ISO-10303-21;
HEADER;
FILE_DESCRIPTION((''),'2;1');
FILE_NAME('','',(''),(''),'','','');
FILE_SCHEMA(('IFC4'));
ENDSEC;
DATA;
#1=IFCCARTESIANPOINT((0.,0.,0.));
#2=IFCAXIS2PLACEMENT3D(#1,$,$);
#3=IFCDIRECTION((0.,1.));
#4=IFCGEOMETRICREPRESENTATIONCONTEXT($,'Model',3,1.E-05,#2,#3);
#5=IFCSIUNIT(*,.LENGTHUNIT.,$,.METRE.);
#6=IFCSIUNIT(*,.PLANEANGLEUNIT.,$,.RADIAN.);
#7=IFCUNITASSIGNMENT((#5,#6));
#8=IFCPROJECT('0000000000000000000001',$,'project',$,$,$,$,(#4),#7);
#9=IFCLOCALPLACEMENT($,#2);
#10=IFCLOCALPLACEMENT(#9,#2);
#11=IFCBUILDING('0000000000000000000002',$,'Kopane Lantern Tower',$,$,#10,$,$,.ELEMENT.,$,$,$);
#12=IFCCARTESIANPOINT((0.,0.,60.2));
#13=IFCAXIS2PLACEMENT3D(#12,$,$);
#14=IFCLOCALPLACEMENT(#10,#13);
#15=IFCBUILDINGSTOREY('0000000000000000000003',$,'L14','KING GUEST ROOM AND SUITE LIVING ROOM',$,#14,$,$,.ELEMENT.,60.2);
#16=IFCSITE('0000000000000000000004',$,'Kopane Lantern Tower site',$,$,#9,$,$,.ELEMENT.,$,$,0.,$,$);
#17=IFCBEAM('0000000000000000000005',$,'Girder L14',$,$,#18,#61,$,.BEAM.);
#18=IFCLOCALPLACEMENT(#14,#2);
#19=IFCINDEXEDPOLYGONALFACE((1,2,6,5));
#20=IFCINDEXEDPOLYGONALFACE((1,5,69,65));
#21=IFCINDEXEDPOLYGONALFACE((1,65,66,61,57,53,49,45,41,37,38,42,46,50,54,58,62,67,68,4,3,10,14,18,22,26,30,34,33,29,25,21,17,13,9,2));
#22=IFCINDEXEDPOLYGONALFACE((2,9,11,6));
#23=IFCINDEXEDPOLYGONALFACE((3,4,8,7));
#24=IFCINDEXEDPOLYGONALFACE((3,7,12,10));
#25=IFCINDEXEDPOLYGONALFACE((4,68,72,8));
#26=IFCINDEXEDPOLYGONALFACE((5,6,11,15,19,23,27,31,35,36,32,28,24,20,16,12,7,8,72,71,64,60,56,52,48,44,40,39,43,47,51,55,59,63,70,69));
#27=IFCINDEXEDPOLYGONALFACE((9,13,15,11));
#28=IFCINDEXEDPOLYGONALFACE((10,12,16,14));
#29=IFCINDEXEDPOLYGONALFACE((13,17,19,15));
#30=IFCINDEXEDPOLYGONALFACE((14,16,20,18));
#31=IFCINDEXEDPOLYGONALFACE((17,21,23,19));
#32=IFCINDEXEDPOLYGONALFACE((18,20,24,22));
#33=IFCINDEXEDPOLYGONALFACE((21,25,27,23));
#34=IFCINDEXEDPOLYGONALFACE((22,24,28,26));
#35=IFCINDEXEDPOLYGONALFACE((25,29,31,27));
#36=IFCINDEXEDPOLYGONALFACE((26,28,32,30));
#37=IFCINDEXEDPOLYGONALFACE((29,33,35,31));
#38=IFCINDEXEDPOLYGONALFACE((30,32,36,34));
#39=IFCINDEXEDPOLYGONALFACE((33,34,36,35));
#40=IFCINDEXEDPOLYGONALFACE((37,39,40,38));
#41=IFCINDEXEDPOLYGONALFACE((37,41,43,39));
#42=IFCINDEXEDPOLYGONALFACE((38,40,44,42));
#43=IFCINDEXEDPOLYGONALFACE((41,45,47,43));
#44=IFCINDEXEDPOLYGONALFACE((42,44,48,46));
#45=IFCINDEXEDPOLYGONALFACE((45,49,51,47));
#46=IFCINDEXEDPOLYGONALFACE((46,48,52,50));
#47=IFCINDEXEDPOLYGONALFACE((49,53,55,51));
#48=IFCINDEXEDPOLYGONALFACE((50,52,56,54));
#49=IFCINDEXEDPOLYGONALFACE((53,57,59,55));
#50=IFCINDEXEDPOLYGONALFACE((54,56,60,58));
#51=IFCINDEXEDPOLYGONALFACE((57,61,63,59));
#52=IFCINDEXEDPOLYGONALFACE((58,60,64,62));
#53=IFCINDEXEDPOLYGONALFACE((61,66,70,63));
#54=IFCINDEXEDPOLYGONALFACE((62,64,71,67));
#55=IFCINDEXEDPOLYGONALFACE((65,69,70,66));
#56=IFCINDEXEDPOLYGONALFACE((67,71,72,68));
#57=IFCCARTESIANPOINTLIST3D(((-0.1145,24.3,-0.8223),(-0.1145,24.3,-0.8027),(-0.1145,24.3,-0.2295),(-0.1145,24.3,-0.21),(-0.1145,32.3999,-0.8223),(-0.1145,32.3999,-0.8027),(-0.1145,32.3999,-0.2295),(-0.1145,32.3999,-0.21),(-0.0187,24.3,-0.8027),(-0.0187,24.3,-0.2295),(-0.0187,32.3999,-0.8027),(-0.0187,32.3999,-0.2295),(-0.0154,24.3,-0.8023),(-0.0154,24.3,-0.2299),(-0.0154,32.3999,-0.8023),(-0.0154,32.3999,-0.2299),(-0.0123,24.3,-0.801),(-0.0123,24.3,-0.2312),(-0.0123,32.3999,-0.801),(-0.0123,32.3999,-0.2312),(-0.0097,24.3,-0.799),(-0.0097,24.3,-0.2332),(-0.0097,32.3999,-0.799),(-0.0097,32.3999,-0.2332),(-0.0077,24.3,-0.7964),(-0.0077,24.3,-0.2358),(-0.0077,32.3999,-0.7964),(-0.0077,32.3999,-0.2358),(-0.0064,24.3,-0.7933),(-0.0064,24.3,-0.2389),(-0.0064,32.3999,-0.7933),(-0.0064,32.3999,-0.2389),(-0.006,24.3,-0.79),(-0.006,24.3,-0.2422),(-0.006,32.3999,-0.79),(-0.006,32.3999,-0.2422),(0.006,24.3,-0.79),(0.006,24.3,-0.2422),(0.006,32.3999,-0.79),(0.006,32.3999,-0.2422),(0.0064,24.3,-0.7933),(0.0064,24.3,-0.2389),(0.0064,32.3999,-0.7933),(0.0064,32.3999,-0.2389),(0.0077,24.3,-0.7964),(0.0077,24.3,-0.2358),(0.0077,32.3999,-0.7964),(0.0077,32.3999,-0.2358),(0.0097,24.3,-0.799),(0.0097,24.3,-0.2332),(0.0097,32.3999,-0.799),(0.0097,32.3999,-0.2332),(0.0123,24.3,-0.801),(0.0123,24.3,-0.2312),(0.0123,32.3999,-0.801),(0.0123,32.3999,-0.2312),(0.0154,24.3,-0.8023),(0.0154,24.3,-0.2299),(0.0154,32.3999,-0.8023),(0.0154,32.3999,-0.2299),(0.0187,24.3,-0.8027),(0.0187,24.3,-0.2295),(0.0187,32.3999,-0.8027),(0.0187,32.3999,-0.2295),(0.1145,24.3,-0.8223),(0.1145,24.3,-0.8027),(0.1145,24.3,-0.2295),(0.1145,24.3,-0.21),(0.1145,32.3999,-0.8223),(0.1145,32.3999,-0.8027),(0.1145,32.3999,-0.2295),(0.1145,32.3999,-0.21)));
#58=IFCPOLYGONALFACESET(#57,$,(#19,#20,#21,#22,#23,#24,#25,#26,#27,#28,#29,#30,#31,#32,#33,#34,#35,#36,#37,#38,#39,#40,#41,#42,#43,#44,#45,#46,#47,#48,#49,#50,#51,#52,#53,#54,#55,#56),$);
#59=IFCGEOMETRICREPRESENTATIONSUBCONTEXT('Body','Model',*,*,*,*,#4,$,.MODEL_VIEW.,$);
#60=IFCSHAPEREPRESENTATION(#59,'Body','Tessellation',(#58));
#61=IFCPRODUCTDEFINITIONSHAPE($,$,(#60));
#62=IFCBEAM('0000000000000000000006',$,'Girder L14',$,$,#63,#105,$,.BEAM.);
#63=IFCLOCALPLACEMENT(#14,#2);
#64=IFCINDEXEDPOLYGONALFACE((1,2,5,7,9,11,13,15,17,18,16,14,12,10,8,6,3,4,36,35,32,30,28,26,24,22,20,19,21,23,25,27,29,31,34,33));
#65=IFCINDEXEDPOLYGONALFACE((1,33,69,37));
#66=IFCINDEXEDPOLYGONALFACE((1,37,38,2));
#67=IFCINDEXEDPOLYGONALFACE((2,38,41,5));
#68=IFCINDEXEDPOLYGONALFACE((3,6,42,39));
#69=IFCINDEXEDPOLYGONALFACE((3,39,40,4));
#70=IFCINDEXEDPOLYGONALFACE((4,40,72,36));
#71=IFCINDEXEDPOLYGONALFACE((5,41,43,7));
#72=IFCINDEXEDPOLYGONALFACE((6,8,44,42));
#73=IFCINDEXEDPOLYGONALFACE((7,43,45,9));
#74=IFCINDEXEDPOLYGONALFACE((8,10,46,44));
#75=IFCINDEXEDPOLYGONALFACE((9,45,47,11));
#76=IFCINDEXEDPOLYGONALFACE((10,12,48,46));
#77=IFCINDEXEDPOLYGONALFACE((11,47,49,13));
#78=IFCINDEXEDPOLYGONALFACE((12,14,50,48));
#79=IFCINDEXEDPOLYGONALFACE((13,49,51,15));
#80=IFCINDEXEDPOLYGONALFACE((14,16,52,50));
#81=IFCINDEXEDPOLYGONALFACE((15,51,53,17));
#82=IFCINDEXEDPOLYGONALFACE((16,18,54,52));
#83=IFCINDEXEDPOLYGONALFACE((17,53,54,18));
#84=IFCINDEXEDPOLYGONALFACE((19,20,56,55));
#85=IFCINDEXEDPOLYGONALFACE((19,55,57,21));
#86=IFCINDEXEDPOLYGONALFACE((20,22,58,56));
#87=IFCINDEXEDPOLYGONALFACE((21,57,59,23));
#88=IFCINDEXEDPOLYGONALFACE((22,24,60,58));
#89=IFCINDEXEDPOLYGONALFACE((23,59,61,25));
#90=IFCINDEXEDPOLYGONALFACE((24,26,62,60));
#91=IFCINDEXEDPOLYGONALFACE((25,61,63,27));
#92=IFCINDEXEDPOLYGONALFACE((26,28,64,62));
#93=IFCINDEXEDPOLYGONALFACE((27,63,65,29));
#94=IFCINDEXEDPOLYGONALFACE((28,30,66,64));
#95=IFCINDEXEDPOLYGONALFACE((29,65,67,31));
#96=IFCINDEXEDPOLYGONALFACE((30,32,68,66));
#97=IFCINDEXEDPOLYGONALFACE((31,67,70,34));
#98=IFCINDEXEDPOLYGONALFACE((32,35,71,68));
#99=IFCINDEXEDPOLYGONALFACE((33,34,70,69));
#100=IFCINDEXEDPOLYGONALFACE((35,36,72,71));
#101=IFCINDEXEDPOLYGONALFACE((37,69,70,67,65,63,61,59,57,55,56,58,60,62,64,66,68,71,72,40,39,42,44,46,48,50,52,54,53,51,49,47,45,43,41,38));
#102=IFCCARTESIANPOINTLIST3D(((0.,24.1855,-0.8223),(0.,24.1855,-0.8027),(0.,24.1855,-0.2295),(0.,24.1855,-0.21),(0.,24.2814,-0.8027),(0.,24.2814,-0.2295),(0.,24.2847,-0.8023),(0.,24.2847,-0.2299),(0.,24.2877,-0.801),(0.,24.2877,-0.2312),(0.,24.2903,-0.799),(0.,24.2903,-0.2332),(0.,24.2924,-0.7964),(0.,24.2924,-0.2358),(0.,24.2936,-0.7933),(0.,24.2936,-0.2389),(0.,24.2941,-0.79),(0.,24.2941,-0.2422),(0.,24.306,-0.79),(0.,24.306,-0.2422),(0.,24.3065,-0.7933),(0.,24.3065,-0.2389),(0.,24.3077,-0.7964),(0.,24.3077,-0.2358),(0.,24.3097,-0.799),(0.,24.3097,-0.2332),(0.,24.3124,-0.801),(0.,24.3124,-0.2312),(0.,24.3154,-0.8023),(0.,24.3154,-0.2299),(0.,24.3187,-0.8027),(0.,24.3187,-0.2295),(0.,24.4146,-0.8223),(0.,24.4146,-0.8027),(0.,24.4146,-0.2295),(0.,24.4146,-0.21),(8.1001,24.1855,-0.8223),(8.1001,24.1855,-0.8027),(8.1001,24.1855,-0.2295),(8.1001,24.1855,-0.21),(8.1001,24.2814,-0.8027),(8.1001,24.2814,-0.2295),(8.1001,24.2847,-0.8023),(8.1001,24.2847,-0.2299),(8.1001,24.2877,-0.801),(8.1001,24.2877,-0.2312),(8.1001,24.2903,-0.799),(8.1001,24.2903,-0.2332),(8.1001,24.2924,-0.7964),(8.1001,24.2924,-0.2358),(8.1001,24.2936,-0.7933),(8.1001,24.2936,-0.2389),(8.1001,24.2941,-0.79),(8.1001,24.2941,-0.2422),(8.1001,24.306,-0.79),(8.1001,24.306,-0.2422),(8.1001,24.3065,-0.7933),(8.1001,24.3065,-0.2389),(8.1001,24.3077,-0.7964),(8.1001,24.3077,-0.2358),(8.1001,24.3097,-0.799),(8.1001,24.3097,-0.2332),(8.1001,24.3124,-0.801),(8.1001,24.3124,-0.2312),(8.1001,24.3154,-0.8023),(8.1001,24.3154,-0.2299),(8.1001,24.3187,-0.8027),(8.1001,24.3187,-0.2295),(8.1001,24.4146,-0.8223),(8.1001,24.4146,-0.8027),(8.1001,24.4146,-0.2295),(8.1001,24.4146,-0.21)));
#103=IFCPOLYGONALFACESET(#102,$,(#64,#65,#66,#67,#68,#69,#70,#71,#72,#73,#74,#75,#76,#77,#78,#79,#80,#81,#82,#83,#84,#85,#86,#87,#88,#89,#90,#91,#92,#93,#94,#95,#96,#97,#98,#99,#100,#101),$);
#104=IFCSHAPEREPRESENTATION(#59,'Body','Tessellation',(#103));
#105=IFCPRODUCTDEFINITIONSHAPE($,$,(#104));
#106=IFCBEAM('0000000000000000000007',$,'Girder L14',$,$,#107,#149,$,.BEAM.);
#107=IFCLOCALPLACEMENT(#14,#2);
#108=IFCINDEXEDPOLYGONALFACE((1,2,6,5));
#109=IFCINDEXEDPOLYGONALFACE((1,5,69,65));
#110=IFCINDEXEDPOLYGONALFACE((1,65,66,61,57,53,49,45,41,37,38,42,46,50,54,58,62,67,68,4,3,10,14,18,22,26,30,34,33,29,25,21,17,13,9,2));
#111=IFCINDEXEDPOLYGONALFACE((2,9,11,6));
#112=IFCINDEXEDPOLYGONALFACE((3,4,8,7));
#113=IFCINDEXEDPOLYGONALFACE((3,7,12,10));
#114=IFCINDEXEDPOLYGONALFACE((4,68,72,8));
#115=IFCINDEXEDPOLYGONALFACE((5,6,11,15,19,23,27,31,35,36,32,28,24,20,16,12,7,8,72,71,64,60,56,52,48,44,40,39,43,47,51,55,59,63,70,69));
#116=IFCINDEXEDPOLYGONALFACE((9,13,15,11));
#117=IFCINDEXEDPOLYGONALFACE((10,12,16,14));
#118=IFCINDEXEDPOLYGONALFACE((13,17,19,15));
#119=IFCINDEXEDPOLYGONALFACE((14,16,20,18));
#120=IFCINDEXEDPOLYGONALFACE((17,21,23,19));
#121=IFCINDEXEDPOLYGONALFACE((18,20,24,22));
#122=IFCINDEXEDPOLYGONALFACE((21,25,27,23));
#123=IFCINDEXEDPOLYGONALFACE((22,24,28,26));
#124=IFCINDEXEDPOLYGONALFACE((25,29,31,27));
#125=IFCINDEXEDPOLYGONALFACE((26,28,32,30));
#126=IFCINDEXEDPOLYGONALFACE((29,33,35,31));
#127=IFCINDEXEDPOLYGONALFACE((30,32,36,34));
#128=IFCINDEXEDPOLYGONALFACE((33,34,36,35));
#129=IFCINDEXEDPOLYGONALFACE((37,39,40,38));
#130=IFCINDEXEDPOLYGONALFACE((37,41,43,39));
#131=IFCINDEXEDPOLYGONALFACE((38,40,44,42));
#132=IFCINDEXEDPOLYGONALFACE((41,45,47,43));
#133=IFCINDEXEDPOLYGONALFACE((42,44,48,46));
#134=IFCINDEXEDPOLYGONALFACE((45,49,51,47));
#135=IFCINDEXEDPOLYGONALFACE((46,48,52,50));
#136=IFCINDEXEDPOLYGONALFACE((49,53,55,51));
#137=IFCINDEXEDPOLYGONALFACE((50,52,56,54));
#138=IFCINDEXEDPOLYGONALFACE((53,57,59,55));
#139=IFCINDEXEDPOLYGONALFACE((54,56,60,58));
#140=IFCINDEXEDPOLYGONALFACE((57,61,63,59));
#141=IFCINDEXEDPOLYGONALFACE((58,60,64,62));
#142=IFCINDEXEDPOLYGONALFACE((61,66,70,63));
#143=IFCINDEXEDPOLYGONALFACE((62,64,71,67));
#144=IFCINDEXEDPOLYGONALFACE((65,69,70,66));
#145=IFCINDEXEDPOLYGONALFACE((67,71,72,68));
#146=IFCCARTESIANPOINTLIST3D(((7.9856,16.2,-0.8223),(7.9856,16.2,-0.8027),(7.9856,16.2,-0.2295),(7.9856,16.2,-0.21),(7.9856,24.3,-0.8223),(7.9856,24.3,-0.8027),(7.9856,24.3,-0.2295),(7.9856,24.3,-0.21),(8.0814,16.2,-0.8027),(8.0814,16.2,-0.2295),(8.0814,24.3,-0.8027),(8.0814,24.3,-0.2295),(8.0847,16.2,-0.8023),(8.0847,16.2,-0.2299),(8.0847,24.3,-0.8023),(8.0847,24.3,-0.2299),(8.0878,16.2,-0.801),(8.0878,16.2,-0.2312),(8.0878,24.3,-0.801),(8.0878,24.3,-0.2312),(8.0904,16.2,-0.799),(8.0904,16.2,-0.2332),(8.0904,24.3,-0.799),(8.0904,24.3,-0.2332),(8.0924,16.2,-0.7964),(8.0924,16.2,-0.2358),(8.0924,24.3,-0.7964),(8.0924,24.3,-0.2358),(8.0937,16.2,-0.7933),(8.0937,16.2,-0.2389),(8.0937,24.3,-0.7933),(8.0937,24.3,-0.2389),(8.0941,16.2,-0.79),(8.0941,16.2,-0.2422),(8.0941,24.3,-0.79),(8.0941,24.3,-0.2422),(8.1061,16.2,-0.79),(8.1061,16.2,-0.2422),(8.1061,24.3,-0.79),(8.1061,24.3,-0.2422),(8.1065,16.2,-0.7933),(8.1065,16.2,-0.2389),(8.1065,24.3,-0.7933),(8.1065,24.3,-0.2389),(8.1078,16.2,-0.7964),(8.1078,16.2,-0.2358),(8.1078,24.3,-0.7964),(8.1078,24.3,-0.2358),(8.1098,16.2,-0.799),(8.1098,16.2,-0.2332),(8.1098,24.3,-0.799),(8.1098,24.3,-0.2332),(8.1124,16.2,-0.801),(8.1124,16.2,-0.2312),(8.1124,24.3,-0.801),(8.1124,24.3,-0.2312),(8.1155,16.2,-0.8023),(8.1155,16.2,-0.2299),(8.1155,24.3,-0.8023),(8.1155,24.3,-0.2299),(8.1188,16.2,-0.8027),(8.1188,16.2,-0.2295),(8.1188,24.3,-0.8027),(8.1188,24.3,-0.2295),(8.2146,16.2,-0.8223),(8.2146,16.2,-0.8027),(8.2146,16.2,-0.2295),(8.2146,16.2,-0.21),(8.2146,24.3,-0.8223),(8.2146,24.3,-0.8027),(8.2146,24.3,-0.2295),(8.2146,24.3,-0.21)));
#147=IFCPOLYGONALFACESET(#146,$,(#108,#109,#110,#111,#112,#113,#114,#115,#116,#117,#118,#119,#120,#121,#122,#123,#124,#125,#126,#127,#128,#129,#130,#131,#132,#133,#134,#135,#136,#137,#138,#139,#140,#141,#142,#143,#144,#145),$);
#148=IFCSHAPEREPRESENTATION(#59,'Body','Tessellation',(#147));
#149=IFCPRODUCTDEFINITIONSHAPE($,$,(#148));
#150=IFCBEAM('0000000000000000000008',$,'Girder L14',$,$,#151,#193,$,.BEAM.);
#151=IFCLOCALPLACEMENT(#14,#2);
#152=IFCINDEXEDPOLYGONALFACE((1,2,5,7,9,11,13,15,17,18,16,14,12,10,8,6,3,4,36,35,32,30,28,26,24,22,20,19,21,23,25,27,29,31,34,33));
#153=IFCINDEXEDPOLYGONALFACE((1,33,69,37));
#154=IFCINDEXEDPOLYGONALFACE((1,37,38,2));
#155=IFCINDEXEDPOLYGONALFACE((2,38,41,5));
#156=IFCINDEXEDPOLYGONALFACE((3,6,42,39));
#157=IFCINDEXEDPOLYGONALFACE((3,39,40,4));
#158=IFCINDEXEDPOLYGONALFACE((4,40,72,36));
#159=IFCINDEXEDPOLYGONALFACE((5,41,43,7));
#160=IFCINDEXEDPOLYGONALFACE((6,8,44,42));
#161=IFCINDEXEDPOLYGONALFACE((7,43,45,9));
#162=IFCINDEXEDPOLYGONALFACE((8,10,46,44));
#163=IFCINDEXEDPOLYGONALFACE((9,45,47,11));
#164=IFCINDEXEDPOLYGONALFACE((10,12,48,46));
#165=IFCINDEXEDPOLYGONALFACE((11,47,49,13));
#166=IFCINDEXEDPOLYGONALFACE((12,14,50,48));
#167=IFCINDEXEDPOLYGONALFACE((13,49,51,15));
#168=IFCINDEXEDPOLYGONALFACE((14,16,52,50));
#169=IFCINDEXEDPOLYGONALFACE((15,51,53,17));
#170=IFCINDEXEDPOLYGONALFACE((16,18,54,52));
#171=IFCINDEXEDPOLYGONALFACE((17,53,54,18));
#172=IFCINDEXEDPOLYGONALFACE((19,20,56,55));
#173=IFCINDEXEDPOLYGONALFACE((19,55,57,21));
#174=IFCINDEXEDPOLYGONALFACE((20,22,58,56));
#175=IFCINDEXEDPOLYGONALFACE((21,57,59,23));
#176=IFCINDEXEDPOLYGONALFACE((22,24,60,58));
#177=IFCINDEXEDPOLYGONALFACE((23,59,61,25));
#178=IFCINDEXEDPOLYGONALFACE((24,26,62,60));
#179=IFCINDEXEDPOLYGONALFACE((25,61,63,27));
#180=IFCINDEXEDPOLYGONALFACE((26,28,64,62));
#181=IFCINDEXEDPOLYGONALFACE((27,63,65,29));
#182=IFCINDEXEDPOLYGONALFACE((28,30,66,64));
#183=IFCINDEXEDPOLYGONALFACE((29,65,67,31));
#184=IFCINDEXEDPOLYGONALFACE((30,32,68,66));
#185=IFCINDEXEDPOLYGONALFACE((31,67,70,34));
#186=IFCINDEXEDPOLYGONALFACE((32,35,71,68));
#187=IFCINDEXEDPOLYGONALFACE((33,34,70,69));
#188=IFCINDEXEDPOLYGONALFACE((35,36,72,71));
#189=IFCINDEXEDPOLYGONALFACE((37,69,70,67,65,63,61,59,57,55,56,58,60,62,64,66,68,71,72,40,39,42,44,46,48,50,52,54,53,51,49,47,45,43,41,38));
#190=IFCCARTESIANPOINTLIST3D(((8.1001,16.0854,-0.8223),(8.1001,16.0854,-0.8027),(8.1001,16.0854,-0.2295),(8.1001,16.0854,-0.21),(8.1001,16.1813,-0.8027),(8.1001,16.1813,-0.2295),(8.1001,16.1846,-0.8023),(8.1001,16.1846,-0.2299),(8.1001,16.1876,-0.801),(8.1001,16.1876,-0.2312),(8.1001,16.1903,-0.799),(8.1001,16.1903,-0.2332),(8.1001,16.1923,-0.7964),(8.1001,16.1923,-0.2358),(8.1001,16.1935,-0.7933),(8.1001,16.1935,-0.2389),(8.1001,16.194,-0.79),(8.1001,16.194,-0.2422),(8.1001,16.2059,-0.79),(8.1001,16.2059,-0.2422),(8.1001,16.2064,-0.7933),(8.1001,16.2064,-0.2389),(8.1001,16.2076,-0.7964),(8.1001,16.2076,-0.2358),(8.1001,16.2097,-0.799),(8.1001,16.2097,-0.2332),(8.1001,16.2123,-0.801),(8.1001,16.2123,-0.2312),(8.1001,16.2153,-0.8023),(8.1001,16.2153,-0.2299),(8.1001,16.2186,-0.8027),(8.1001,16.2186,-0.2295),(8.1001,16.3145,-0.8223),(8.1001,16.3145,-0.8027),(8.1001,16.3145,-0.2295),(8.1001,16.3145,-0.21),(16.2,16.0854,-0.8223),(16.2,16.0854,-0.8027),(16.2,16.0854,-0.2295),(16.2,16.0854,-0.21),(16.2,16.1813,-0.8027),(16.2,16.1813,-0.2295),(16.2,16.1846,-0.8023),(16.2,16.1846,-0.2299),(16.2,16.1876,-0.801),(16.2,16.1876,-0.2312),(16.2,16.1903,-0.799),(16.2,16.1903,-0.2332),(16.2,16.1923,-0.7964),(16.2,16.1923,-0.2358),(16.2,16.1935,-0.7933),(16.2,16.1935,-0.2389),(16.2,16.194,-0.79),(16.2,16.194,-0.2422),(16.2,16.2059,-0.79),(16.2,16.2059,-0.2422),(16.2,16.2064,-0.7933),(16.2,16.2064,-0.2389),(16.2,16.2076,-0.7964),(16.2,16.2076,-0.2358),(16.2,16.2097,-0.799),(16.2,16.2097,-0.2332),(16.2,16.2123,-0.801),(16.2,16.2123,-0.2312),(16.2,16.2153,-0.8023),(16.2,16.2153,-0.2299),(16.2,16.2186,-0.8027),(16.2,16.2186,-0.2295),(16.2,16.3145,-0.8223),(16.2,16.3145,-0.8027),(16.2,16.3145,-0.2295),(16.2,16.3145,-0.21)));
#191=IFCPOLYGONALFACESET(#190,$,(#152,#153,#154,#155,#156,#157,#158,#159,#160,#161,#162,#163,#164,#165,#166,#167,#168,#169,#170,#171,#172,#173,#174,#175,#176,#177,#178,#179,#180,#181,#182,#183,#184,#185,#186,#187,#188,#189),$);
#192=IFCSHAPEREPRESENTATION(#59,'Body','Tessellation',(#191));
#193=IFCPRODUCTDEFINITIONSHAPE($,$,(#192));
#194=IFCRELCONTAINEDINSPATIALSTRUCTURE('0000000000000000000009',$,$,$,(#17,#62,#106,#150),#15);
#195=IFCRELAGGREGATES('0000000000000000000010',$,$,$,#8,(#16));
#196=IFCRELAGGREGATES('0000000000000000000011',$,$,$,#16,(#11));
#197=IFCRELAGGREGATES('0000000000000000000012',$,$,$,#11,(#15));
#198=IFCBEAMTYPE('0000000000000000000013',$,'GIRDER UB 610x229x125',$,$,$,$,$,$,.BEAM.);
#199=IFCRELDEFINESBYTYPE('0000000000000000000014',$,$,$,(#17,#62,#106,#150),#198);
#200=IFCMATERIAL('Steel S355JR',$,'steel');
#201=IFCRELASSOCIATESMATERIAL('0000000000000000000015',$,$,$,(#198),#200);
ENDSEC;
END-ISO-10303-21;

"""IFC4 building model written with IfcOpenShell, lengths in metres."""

from ifc_helpers import new_model, si_unit, direction, frame, origin, origin_2d, place, context, subcontext, project, spatial, i_section, extrude, material, material_profile, profile_set, type_object, element, save


model = new_model("IFC4")

# Units and contexts
model_context = context("Model", 3, precision=1e-05, world=origin(), true_north=direction((0.0, 1.0)))
body_context = subcontext(model_context, "Body", "Model", "MODEL_VIEW")
ifc_project = project(units=[si_unit("LENGTHUNIT", "METRE"), si_unit("PLANEANGLEUNIT", "RADIAN")], contexts=[model_context])

# Site, building, storey
site_placement = place(None, origin())
site = spatial("IfcSite", under=ifc_project, at=site_placement, Name="Kopane Lantern Tower site", CompositionType="ELEMENT", RefElevation=0.0)
building_placement = place(site_placement, origin())
building = spatial("IfcBuilding", under=site, at=building_placement, Name="Kopane Lantern Tower", CompositionType="ELEMENT")
storey_placement = place(building_placement, frame((0.0, 0.0, 60.2)))
storey = spatial("IfcBuildingStorey", under=building, at=storey_placement, Name="L14", Description="KING GUEST ROOM AND SUITE LIVING ROOM", CompositionType="ELEMENT", Elevation=60.2)

# Beams
ifc_material_1 = material(Name="Steel S355JR", Category="steel")
ifc_material_profile_1 = material_profile(ifc_material_1, i_section(OverallWidth=0.229, OverallDepth=0.6123, WebThickness=0.012, FlangeThickness=0.0195, FilletRadius=0.0127, at=origin_2d()), Name="UB 610x229x125")
ifc_profile_set_1 = profile_set([ifc_material_profile_1], Name="Steel S355JR")
beam_type = type_object("IfcBeamType", Name="GIRDER UB 610x229x125", PredefinedType="BEAM", material=ifc_profile_set_1)
beam_placement = place(storey_placement, frame((0.0, 24.3, -0.5161), z_axis=(0.0, 1.0, 0.0), x_axis=(-1.0, 0.0, 0.0)))
element("IfcBeam", 1, at=beam_placement, inside=storey, type_object=beam_type, Name="Girder L14", PredefinedType="BEAM", context=body_context, shape_type="SweptSolid", body=[
    extrude(i_section(OverallWidth=0.229, OverallDepth=0.6123, WebThickness=0.012, FlangeThickness=0.0195, FilletRadius=0.0127, at=origin_2d()), origin(), (0.0, 0.0, 1.0), 8.0999),
])
for number, where, z_axis, x_axis, name in (
    (2, (0.0, 24.3, -0.5161), (1.0, 0.0, 0.0), (0.0, 1.0, 0.0), "Girder L14"),
    (3, (8.1001, 16.2, -0.5161), (0.0, 1.0, 0.0), (-1.0, 0.0, 0.0), "Girder L14"),
):
    element("IfcBeam", number, at=place(storey_placement, frame(where, z_axis=z_axis, x_axis=x_axis)), inside=storey, type_object=beam_type, Name=name, PredefinedType="BEAM", context=body_context, shape_type="SweptSolid", body=[
        extrude(i_section(OverallWidth=0.229, OverallDepth=0.6123, WebThickness=0.012, FlangeThickness=0.0195, FilletRadius=0.0127, at=origin_2d()), origin(), (0.0, 0.0, 1.0), 8.1001),
    ])
for number, where, z_axis, x_axis, name in (
    (4, (8.1001, 16.2, -0.5161), (1.0, 0.0, 0.0), (0.0, 1.0, 0.0), "Girder L14"),
):
    element("IfcBeam", number, at=place(storey_placement, frame(where, z_axis=z_axis, x_axis=x_axis)), inside=storey, type_object=beam_type, Name=name, PredefinedType="BEAM", context=body_context, shape_type="SweptSolid", body=[
        extrude(i_section(OverallWidth=0.229, OverallDepth=0.6123, WebThickness=0.012, FlangeThickness=0.0195, FilletRadius=0.0127, at=origin_2d()), origin(), (0.0, 0.0, 1.0), 8.0999),
    ])

save(model, "model.ifc")
